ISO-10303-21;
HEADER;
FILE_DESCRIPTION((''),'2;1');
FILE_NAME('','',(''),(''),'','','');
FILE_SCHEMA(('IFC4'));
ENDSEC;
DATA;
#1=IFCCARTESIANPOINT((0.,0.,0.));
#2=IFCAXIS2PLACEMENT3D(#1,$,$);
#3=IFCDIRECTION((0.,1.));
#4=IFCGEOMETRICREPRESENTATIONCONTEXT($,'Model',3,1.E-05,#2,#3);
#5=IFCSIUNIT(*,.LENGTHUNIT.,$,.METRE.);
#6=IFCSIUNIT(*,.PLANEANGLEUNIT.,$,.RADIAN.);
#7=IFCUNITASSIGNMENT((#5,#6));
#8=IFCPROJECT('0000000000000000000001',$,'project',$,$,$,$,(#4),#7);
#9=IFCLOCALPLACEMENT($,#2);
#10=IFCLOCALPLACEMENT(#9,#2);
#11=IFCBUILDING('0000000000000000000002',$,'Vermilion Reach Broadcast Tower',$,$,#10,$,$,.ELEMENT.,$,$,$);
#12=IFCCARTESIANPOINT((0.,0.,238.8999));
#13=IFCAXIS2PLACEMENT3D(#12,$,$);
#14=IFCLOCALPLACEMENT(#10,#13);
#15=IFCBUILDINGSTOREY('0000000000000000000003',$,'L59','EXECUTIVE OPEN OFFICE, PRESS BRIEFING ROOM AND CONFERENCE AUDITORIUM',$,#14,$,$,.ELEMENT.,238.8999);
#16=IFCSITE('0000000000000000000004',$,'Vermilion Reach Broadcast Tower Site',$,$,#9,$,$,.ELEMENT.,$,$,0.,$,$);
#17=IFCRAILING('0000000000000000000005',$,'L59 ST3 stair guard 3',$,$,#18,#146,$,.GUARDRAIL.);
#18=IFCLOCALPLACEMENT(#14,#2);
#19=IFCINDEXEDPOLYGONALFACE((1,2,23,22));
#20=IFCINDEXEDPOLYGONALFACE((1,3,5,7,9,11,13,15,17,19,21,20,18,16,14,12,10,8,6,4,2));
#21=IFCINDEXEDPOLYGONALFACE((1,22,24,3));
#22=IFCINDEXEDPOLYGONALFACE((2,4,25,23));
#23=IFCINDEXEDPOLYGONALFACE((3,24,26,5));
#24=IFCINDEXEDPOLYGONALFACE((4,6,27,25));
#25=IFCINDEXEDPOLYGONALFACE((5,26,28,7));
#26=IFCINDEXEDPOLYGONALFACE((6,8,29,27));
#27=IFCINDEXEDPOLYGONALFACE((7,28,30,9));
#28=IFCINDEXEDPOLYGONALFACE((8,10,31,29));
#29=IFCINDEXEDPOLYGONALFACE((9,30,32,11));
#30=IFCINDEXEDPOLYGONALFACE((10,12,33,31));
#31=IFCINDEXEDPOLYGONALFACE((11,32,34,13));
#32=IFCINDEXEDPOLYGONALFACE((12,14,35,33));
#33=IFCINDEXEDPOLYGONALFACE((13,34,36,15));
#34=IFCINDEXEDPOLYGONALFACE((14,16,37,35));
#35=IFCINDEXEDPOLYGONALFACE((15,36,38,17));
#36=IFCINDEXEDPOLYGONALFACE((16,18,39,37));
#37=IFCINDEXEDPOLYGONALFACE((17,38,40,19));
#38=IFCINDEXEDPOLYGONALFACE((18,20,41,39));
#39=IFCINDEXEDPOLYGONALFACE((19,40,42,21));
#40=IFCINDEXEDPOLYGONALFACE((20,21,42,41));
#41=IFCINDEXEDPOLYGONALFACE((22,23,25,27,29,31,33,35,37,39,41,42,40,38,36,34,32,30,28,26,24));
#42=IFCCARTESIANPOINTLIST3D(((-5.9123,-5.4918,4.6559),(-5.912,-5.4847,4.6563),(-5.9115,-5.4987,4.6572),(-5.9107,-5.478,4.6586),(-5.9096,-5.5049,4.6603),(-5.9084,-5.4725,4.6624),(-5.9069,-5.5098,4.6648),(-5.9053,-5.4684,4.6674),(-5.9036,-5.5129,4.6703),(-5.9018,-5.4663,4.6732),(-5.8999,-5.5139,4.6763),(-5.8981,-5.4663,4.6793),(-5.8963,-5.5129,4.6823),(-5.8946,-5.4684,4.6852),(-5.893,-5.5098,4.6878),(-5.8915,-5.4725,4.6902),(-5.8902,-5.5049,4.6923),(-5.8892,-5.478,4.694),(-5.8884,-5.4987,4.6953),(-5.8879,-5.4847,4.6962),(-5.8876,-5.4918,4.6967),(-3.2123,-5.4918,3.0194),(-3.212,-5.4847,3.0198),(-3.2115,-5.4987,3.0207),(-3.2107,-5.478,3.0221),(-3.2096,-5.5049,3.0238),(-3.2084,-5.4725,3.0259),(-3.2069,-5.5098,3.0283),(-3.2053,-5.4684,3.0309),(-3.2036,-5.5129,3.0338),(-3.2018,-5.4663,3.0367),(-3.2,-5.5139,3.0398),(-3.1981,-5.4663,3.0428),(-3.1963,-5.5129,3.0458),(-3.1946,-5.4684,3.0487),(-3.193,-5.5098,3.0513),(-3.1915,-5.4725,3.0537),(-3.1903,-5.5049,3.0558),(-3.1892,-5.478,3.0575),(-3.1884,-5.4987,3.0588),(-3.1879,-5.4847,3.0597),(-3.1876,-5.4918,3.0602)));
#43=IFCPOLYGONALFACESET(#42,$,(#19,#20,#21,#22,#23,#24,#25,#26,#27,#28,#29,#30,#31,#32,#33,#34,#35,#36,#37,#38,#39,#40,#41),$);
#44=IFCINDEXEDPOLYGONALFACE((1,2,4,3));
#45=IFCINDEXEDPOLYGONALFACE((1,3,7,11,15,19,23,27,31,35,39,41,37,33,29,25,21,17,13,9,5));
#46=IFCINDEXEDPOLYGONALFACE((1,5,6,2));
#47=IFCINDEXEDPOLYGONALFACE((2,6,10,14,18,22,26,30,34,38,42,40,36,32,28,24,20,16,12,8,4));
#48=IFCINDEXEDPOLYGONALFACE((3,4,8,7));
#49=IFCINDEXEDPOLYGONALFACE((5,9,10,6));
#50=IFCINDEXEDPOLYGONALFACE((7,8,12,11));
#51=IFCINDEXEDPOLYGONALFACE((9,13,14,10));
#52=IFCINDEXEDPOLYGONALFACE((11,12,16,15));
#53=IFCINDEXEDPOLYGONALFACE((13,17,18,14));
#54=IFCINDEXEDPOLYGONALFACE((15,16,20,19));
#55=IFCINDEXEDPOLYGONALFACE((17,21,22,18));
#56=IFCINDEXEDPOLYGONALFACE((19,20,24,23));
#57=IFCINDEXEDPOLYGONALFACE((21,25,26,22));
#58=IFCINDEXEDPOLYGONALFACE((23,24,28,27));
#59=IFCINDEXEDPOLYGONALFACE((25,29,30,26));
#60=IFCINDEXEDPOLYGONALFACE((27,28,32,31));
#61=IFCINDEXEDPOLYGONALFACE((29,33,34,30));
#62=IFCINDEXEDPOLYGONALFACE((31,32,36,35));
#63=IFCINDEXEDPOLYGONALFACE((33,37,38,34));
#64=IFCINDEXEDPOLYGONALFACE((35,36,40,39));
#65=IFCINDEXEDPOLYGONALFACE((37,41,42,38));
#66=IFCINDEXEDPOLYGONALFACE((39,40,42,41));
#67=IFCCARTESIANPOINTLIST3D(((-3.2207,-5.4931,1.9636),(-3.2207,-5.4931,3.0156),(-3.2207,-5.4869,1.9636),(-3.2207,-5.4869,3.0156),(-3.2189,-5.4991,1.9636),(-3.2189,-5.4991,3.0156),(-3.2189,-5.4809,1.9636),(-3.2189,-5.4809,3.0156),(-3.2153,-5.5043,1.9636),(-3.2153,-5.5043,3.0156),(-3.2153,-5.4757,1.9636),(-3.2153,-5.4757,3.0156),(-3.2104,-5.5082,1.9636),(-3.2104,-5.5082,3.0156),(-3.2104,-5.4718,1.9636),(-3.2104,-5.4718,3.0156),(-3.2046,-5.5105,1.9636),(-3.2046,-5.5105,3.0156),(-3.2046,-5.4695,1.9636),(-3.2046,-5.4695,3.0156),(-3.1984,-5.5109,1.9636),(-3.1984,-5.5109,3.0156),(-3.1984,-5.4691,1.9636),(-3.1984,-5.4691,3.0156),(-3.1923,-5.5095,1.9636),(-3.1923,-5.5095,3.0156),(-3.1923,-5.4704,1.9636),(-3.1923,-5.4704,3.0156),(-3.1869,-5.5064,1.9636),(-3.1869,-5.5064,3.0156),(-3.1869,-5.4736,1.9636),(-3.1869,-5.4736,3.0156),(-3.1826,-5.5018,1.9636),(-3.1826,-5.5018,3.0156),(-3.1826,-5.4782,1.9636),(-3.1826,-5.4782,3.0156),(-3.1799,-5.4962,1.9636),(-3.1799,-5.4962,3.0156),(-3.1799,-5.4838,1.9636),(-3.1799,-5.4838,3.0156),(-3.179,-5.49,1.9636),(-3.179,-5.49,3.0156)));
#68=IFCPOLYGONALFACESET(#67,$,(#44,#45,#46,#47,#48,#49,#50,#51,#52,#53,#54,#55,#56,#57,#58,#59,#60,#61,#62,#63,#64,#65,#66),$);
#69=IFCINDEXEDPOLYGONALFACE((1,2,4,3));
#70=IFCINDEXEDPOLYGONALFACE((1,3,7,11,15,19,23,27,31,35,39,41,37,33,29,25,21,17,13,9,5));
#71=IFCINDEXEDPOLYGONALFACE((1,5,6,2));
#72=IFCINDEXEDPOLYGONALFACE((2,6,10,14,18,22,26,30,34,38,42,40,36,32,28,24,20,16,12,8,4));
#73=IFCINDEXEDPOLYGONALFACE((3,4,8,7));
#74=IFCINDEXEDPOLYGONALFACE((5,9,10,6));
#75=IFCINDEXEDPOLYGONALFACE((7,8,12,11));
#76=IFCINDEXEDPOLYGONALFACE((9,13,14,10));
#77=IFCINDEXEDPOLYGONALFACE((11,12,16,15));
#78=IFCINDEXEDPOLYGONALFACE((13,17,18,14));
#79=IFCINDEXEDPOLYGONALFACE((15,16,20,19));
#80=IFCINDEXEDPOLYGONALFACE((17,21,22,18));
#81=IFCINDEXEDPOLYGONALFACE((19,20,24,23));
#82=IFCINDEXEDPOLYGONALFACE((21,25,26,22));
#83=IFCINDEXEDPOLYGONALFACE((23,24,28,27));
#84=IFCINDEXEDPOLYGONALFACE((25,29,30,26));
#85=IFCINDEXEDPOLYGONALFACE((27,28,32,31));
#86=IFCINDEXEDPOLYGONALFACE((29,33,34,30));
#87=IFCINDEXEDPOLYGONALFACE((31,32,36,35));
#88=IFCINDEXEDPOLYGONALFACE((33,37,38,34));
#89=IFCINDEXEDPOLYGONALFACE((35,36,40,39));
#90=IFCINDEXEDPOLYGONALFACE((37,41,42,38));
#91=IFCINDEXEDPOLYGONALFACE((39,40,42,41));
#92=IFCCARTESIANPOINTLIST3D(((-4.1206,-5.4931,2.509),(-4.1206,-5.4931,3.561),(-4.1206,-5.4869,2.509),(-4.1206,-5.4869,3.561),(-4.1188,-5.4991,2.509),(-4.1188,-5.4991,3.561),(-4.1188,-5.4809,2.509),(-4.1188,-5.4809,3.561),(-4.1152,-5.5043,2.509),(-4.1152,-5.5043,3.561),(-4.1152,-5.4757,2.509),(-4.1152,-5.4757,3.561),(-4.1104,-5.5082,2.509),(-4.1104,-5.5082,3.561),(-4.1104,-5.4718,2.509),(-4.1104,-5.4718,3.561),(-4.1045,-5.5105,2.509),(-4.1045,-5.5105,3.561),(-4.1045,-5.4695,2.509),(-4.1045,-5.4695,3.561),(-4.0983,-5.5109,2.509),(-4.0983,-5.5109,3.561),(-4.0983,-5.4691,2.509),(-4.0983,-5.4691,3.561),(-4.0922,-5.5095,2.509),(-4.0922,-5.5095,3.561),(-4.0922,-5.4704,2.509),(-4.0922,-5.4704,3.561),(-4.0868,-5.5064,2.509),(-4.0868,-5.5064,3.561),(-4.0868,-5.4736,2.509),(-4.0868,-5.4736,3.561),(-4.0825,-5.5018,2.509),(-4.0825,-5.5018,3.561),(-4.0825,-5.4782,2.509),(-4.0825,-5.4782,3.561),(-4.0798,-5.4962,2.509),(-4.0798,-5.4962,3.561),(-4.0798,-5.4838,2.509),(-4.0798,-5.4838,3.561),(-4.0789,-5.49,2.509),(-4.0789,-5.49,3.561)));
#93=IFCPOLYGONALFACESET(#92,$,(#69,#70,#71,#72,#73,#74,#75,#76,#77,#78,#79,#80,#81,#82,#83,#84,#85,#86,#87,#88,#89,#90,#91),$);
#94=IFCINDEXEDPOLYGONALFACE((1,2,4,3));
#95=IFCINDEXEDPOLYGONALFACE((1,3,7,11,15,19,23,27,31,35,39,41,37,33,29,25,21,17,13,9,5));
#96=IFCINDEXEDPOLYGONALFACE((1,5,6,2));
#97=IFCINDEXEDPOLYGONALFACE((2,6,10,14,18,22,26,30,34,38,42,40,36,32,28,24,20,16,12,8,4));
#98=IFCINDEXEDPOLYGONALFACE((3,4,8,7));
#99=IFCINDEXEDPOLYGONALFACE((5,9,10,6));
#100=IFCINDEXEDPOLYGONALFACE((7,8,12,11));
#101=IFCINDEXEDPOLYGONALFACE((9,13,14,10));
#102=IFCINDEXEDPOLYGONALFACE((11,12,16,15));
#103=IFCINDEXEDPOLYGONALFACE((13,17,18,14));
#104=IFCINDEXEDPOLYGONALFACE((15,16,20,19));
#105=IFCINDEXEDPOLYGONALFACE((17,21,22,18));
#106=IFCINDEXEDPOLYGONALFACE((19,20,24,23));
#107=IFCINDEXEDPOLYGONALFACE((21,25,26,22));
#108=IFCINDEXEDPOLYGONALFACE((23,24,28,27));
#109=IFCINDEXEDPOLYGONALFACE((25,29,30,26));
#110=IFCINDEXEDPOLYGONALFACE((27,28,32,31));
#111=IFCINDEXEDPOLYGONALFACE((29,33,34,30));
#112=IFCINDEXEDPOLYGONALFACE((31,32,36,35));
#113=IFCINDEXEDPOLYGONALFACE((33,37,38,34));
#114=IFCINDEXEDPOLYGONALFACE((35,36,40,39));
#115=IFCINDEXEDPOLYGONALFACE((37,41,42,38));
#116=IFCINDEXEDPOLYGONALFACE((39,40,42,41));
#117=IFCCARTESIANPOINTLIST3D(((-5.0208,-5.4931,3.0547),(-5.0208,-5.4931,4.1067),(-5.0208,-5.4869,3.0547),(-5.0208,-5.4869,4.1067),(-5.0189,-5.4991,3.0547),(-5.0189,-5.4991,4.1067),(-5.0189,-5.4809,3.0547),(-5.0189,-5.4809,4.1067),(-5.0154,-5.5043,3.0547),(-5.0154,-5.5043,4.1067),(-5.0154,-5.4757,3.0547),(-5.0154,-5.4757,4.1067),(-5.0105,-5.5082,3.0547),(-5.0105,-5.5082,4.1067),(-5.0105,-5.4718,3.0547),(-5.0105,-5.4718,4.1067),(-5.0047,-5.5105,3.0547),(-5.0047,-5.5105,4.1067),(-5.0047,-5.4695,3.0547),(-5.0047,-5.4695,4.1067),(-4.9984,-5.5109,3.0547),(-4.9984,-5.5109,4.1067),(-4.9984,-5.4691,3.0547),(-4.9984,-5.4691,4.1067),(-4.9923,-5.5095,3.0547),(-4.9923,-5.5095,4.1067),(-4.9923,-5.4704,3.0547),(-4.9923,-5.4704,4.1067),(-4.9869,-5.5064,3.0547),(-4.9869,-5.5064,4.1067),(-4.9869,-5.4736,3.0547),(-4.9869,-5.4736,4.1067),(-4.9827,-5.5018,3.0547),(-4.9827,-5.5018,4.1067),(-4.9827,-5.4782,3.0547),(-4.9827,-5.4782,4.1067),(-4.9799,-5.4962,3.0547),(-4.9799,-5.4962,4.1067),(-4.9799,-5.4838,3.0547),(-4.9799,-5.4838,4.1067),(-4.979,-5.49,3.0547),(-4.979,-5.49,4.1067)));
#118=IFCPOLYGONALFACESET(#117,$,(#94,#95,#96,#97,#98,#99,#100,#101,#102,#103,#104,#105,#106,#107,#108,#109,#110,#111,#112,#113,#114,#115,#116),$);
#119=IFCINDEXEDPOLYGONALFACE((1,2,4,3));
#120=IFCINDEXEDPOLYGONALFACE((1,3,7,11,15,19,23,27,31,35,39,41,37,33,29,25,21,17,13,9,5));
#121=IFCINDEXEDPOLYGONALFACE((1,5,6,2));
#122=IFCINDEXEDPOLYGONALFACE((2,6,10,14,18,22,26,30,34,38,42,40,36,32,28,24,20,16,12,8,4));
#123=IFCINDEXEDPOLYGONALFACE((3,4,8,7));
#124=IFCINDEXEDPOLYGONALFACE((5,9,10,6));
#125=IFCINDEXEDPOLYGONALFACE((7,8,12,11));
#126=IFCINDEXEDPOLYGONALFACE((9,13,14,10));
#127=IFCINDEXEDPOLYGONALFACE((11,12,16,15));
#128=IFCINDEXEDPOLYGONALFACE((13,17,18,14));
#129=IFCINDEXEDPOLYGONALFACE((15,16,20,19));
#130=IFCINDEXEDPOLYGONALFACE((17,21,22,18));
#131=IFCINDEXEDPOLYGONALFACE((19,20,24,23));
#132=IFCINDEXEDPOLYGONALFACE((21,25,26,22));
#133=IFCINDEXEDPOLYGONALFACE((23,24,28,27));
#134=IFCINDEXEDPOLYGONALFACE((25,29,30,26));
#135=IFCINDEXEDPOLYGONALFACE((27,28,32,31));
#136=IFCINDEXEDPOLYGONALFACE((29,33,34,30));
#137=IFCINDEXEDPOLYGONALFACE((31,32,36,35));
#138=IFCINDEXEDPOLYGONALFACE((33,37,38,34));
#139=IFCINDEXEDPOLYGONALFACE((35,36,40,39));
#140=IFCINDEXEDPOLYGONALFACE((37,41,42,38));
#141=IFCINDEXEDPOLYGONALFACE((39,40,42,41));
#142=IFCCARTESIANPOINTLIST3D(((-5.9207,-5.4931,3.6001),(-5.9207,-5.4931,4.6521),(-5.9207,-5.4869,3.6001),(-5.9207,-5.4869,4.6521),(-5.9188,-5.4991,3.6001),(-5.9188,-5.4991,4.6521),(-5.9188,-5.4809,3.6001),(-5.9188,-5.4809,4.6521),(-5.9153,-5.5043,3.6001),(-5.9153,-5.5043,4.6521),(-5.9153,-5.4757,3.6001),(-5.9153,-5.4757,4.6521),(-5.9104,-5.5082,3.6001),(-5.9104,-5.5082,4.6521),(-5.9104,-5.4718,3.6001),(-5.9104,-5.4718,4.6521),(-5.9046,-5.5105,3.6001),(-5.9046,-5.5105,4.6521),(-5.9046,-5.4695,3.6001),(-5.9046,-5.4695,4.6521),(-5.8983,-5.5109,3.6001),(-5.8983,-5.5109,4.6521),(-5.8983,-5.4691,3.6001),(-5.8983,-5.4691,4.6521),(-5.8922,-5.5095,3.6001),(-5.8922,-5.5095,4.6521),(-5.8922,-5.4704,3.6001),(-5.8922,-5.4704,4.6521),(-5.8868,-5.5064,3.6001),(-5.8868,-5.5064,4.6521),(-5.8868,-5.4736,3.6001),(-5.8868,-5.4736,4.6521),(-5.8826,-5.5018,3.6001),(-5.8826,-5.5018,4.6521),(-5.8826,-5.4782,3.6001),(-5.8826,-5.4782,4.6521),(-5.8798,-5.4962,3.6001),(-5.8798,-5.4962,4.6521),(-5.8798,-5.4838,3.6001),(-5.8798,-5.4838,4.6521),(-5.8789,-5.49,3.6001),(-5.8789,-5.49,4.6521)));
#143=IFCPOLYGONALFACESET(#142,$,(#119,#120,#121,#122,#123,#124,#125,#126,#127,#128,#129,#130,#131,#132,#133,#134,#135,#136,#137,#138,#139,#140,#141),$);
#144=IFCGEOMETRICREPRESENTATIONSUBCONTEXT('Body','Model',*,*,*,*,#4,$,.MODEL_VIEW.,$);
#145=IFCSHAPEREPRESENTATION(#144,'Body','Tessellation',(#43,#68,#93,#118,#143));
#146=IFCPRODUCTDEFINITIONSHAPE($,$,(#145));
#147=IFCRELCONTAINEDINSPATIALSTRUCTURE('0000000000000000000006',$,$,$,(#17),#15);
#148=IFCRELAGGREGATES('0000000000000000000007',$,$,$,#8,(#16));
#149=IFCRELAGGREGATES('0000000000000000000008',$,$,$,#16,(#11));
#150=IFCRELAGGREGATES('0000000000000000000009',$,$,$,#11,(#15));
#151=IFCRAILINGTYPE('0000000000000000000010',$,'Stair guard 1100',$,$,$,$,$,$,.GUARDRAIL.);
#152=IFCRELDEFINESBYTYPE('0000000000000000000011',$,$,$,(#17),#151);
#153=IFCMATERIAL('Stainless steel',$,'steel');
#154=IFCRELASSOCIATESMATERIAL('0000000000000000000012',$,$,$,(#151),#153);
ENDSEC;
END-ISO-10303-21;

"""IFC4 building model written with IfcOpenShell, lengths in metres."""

from ifc_helpers import new_model, si_unit, direction, frame, origin, origin_2d, place, context, subcontext, project, spatial, circle, extrude, material, type_object, element, save


model = new_model("IFC4")

# Units and contexts
model_context = context("Model", 3, precision=1e-05, world=origin(), true_north=direction((0.0, 1.0)))
body_context = subcontext(model_context, "Body", "Model", "MODEL_VIEW")
ifc_project = project(units=[si_unit("LENGTHUNIT", "METRE"), si_unit("PLANEANGLEUNIT", "RADIAN")], contexts=[model_context])

# Site, building, storey
site_placement = place(None, origin())
site = spatial("IfcSite", under=ifc_project, at=site_placement, Name="Vermilion Reach Broadcast Tower Site", CompositionType="ELEMENT", RefElevation=0.0)
building_placement = place(site_placement, origin())
building = spatial("IfcBuilding", under=site, at=building_placement, Name="Vermilion Reach Broadcast Tower", CompositionType="ELEMENT")
storey_placement = place(building_placement, frame((0.0, 0.0, 238.8999)))
storey = spatial("IfcBuildingStorey", under=building, at=storey_placement, Name="L59", Description="EXECUTIVE OPEN OFFICE, PRESS BRIEFING ROOM AND CONFERENCE AUDITORIUM", CompositionType="ELEMENT", Elevation=238.8999)

# Railing
ifc_material_1 = material(Name="Stainless steel", Category="steel")
railing_type_1 = type_object("IfcRailingType", Name="Stair guard 1100", PredefinedType="GUARDRAIL", material=ifc_material_1)
railing_1_placement = place(storey_placement, frame((-3.2, -5.49, 1.9636)))
element("IfcRailing", 1, at=railing_1_placement, inside=storey, type_object=railing_type_1, Name="L59 ST3 stair guard 3", PredefinedType="GUARDRAIL", context=body_context, shape_type="SweptSolid", body=[
    extrude(circle(Radius=0.0239, at=origin_2d()), frame((0.0, 0.0, 1.0762), z_axis=(-0.855178, 0.0, 0.518334), x_axis=(0.0, -1.0, 0.0)), (0.0, 0.0, 1.0), 3.1572),
    extrude(circle(Radius=0.021, at=origin_2d()), origin(), (0.0, 0.0, 1.0), 1.052),
    extrude(circle(Radius=0.021, at=origin_2d()), frame((-0.8999, 0.0, 0.5454)), (0.0, 0.0, 1.0), 1.052),
    extrude(circle(Radius=0.021, at=origin_2d()), frame((-1.8, 0.0, 1.0911)), (0.0, 0.0, 1.0), 1.052),
    extrude(circle(Radius=0.021, at=origin_2d()), frame((-2.7, 0.0, 1.6365)), (0.0, 0.0, 1.0), 1.052),
])

save(model, "model.ifc")
